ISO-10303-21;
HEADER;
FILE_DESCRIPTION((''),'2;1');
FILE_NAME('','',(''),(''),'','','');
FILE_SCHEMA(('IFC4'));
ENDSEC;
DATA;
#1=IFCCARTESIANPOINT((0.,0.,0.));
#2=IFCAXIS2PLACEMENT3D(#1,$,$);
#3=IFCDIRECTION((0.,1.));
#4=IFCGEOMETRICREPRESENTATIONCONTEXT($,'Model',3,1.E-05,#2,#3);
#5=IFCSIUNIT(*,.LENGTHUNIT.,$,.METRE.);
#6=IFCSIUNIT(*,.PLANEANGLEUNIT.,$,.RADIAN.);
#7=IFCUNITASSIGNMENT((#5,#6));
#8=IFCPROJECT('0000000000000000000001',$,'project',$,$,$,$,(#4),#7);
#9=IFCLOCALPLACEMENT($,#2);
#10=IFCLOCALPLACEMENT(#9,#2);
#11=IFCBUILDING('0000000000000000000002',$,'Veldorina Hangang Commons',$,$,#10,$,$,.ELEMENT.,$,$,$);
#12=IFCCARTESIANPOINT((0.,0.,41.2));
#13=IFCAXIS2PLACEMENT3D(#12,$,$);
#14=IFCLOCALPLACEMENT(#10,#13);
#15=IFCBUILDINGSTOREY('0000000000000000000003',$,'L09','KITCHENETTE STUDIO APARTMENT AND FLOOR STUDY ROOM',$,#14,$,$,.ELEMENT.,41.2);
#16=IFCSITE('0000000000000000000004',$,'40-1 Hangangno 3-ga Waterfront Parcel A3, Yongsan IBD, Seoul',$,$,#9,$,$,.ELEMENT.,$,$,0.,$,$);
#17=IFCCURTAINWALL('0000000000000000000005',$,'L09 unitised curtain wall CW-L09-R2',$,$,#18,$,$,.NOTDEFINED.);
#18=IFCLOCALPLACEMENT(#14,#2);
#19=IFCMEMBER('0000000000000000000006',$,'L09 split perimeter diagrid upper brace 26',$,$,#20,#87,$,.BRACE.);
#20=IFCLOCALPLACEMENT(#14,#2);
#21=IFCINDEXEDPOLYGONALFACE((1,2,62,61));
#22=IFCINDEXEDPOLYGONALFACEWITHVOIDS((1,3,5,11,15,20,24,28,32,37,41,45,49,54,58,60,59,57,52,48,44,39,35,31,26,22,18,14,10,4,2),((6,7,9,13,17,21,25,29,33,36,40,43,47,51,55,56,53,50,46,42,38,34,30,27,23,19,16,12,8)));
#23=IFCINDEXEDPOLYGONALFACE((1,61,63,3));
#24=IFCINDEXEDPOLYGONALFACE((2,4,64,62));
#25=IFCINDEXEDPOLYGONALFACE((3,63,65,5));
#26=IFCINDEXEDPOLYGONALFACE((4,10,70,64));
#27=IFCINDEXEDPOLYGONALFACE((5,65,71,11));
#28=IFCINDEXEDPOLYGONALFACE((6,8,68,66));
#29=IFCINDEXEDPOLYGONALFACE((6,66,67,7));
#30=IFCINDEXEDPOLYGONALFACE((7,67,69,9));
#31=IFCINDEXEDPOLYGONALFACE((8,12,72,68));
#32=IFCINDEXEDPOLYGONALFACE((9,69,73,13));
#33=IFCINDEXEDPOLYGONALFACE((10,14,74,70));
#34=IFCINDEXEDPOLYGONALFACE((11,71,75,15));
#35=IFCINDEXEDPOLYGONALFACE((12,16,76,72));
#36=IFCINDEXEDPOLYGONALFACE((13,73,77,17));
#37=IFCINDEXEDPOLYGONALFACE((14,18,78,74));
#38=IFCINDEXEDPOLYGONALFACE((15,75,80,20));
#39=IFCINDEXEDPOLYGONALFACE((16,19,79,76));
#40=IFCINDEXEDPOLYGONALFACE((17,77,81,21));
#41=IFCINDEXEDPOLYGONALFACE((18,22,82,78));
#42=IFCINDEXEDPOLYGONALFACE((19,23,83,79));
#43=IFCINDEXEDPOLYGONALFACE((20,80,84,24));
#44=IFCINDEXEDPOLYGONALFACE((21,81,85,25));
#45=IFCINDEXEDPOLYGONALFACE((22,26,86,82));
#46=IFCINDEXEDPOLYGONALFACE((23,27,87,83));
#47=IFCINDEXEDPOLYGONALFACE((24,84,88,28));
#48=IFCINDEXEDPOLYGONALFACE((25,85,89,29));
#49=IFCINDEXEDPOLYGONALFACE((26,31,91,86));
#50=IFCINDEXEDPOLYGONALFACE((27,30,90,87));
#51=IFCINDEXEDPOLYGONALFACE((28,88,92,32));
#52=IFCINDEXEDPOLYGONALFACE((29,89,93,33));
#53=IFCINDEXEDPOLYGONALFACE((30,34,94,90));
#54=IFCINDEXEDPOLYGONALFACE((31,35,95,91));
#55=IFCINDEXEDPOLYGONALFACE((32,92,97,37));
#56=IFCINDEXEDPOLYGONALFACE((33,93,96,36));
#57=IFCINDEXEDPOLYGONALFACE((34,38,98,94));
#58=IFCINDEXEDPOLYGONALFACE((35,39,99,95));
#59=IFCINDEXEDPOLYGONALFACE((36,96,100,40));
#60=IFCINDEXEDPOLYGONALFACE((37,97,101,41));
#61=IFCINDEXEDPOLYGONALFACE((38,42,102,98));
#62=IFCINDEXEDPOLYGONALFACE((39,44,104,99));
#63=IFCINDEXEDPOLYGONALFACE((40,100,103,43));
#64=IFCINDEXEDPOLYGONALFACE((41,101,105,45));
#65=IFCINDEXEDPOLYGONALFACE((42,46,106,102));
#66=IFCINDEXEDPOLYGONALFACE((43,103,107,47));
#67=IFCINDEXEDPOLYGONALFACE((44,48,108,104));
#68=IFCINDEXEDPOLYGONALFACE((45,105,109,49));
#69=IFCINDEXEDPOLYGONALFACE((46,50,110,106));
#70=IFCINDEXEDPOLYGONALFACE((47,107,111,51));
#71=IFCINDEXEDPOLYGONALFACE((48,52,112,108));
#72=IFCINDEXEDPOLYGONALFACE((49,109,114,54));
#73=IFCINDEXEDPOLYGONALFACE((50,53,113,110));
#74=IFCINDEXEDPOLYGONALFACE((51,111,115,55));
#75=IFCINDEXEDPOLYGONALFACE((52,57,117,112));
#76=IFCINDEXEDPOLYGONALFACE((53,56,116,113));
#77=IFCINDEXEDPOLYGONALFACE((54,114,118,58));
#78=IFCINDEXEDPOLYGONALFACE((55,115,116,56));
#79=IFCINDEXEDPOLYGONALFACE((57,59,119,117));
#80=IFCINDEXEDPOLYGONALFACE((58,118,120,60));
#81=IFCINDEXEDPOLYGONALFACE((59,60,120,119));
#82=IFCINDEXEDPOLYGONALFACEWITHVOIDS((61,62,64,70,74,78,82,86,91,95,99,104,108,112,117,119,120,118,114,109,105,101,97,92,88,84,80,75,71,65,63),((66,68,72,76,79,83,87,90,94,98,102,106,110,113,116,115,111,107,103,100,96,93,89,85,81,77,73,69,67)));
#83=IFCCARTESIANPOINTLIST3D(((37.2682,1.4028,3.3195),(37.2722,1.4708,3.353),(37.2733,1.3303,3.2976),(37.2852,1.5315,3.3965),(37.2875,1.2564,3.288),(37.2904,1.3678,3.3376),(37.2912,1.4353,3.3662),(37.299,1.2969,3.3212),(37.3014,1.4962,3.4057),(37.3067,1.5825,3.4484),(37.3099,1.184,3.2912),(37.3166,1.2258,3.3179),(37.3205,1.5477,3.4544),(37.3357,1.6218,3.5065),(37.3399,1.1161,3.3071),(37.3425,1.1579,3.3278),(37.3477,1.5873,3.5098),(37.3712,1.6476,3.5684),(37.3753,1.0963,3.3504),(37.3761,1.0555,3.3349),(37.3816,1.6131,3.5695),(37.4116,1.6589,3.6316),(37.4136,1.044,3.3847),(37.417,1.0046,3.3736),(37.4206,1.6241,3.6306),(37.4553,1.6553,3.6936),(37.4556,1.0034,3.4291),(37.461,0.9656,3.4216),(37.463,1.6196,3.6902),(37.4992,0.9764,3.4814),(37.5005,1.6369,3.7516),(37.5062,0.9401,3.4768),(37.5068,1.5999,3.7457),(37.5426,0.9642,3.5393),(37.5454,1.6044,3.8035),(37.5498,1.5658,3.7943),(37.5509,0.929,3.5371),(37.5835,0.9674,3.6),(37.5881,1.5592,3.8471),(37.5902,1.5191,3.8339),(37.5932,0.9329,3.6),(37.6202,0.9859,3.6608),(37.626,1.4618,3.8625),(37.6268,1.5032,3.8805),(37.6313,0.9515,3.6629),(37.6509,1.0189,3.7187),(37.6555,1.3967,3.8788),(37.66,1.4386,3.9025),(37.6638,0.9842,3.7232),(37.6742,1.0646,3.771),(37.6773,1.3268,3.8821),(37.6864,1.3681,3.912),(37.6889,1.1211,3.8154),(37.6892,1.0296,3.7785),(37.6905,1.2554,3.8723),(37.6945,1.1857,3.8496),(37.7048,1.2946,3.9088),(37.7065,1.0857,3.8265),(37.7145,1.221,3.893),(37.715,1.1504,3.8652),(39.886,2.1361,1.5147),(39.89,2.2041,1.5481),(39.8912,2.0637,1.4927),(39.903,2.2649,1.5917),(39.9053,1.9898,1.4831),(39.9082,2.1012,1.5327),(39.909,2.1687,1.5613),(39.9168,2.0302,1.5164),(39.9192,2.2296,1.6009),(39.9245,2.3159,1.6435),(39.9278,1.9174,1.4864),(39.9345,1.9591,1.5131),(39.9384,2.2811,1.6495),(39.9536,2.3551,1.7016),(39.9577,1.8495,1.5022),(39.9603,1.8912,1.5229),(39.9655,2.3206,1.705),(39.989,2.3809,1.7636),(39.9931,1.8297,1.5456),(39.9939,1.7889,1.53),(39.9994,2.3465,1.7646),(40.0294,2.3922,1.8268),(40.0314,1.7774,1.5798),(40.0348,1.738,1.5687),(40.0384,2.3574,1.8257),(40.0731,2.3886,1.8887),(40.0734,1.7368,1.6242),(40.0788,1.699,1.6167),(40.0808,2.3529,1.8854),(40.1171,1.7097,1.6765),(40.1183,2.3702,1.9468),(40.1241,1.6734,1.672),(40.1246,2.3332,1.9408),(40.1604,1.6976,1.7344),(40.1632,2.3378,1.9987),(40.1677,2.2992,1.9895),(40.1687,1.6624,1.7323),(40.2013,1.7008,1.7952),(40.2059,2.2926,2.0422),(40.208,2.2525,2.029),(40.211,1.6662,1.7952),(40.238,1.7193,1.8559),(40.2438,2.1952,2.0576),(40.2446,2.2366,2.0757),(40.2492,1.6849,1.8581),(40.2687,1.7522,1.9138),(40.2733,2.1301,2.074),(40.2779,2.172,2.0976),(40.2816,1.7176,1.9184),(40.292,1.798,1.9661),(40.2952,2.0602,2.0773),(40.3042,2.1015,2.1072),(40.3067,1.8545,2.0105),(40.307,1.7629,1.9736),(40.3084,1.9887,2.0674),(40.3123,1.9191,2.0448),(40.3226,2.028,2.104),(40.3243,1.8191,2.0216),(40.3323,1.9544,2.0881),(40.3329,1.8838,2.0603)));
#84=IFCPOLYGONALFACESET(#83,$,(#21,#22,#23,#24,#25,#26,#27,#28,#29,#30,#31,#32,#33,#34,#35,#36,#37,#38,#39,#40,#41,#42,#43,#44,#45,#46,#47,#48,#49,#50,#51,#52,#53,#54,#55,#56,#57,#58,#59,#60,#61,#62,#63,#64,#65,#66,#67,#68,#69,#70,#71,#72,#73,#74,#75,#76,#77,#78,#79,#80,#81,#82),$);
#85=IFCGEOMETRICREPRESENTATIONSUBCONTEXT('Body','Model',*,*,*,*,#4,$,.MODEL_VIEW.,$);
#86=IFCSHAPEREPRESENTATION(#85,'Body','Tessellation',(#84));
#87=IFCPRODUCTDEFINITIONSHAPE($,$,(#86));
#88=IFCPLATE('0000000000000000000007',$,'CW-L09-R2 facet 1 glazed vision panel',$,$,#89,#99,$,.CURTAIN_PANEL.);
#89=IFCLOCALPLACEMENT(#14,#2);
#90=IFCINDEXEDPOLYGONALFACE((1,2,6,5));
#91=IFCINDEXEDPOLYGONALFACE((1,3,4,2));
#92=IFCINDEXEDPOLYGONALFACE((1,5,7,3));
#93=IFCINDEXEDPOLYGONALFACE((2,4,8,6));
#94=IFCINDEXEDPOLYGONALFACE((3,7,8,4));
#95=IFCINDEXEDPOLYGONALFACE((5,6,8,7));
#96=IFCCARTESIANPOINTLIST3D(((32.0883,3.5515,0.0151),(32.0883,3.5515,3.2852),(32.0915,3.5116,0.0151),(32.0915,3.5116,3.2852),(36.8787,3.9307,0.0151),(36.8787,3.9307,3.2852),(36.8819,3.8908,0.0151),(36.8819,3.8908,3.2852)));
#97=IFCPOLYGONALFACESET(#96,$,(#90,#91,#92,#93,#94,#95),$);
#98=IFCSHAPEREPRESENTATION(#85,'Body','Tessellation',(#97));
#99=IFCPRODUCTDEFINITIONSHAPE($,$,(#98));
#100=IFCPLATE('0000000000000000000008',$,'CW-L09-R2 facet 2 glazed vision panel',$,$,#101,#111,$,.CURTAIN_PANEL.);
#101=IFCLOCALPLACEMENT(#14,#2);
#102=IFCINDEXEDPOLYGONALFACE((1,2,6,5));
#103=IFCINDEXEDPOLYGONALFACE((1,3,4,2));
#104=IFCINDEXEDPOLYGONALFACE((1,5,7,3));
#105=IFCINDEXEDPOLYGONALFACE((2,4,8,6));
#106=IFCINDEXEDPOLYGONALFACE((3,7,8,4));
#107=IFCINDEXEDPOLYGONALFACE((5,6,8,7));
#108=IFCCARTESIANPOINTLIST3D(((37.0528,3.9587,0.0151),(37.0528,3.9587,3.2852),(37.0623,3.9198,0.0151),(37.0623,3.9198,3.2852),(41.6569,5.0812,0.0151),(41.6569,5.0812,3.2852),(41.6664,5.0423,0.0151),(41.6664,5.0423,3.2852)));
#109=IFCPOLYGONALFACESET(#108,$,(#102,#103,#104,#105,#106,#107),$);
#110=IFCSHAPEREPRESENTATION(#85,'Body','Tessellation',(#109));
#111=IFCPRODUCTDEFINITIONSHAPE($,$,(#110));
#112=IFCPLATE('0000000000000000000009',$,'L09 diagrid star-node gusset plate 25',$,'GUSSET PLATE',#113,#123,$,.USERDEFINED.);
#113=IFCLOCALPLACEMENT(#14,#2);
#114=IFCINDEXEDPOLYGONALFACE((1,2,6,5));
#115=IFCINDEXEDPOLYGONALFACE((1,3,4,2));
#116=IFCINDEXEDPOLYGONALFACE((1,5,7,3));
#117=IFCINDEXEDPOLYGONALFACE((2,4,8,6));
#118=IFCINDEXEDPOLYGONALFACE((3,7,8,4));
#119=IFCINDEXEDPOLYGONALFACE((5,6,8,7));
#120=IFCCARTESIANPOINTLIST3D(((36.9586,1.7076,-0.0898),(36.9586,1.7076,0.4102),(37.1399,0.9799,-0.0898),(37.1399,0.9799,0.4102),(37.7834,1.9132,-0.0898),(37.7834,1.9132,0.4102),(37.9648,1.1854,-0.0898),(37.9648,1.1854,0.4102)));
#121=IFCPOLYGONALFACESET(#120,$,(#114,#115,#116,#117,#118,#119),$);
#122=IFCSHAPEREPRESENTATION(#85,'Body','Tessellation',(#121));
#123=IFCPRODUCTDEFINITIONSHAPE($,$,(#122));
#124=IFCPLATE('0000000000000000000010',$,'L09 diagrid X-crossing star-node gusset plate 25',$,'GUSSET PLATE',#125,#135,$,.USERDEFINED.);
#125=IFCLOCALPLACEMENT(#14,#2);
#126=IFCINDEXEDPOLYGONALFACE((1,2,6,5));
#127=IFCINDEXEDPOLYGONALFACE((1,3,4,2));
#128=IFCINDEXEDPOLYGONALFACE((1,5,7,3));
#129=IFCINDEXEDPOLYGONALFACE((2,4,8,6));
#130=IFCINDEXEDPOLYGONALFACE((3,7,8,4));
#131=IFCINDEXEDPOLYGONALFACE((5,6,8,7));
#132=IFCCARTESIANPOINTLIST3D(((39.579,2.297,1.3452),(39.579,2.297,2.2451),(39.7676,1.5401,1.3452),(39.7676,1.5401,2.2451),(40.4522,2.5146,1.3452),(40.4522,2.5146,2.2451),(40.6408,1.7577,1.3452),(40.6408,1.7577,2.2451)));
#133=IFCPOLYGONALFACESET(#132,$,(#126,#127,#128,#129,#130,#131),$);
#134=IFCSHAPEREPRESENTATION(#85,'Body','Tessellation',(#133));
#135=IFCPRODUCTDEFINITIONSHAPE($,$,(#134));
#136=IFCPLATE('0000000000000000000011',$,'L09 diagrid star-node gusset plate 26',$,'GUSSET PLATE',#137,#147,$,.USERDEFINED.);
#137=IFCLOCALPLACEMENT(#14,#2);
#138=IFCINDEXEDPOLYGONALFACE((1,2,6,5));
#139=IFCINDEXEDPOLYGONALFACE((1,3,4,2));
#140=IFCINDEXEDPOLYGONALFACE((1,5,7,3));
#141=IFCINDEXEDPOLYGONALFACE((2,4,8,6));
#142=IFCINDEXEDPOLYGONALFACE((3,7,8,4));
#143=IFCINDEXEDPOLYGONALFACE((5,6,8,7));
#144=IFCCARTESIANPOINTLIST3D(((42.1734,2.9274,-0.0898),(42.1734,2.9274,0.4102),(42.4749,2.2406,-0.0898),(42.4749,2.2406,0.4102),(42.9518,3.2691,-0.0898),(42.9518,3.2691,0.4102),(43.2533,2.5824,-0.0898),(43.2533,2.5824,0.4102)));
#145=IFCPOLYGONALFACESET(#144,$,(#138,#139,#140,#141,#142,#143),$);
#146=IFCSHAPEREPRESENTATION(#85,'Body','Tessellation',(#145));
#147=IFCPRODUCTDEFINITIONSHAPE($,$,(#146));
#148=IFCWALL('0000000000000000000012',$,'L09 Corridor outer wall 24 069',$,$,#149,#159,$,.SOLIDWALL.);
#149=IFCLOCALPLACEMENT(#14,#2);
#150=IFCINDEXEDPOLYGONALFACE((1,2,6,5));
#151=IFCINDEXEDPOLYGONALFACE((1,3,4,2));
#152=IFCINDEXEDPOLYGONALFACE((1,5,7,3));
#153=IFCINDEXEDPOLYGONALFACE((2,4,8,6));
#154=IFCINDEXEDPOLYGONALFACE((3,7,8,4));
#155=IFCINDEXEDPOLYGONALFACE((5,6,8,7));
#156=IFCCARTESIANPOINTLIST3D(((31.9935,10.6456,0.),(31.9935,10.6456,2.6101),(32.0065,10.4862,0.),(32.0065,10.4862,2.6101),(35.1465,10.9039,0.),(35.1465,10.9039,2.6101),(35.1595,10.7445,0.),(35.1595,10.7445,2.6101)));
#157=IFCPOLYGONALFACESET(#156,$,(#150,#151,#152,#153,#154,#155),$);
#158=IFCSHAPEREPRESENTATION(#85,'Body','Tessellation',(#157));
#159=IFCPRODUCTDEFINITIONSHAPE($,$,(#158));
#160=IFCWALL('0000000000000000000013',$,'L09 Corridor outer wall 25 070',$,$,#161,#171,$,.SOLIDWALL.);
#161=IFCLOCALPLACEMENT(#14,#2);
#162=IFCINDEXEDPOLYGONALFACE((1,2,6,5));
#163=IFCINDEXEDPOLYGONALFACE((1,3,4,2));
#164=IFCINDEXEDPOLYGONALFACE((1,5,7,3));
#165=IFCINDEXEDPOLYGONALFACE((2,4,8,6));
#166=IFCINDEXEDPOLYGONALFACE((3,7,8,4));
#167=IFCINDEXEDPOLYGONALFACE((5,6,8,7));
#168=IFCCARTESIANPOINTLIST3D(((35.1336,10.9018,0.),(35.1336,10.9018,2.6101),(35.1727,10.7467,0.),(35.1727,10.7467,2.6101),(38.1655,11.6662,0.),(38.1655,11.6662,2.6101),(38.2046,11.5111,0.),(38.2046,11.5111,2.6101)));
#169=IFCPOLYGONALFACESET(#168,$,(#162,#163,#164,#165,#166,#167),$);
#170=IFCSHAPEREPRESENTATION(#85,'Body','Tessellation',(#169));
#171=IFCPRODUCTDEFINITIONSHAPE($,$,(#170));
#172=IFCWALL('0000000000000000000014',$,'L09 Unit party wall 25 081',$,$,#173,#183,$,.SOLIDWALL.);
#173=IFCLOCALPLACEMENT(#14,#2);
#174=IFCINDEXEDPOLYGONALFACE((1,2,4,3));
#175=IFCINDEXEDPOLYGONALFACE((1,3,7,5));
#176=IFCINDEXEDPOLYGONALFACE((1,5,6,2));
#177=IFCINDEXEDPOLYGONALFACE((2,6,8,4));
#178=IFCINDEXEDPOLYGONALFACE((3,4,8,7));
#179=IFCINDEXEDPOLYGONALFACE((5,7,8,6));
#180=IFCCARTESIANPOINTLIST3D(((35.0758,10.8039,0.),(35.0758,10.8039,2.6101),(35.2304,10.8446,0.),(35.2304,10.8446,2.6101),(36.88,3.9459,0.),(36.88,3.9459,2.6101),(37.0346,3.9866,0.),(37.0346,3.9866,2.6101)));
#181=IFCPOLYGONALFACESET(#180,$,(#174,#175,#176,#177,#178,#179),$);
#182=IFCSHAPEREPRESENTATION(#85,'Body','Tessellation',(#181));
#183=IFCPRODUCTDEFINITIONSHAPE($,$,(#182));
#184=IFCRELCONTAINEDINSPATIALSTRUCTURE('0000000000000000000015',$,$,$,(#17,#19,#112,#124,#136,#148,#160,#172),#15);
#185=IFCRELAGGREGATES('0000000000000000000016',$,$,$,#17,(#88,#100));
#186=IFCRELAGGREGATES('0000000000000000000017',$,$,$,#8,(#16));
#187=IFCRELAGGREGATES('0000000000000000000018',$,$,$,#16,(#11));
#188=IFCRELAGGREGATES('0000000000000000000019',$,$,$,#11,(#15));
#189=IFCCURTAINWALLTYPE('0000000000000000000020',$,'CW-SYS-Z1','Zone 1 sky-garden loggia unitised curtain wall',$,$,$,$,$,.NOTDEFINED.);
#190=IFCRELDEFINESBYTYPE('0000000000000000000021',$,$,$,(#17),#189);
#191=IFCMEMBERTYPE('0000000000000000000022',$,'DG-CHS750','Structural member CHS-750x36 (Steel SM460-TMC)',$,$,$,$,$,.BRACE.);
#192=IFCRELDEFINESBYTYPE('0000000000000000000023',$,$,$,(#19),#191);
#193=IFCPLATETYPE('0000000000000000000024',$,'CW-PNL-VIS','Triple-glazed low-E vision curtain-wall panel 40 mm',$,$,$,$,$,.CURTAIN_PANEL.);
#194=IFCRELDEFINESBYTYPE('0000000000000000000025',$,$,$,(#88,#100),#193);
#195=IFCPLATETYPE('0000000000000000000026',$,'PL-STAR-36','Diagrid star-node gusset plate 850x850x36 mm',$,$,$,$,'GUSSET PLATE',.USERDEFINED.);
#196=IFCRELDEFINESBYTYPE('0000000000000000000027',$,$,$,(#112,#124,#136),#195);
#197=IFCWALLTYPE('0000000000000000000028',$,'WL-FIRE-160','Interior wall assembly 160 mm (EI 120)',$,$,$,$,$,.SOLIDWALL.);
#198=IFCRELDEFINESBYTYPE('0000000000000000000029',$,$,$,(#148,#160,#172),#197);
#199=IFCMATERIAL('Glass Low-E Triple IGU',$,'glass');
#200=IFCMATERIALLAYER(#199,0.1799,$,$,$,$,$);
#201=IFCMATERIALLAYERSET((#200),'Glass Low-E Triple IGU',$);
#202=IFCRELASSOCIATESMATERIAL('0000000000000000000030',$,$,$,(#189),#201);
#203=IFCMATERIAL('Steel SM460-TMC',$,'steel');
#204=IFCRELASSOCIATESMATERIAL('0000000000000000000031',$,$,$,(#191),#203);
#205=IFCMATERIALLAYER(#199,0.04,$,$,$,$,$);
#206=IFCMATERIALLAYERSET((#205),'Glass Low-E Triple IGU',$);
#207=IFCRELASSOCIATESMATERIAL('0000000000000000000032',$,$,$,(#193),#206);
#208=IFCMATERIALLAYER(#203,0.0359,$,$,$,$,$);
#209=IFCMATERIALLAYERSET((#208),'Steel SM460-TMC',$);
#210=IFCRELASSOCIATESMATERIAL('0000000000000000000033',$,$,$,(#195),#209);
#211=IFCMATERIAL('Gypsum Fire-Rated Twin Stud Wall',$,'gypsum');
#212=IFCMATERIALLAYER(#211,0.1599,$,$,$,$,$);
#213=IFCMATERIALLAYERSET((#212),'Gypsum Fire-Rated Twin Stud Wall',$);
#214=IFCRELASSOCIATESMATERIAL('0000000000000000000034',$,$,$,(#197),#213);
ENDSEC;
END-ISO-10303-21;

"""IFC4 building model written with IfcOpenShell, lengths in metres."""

from ifc_helpers import new_model, si_unit, direction, frame, frame_2d, origin, origin_2d, place, context, subcontext, project, spatial, rectangle, hollow_circle, extrude, material, layer, layer_set, material_profile, profile_set, type_object, element, aggregate, save


model = new_model("IFC4")

# Units and contexts
model_context = context("Model", 3, precision=1e-05, world=origin(), true_north=direction((0.0, 1.0)))
body_context = subcontext(model_context, "Body", "Model", "MODEL_VIEW")
ifc_project = project(units=[si_unit("LENGTHUNIT", "METRE"), si_unit("PLANEANGLEUNIT", "RADIAN")], contexts=[model_context])

# Site, building, storey
site_placement = place(None, origin())
site = spatial("IfcSite", under=ifc_project, at=site_placement, Name="40-1 Hangangno 3-ga Waterfront Parcel A3, Yongsan IBD, Seoul", CompositionType="ELEMENT", RefElevation=0.0)
building_placement = place(site_placement, origin())
building = spatial("IfcBuilding", under=site, at=building_placement, Name="Veldorina Hangang Commons", CompositionType="ELEMENT")
storey_placement = place(building_placement, frame((0.0, 0.0, 41.2)))
storey = spatial("IfcBuildingStorey", under=building, at=storey_placement, Name="L09", Description="KITCHENETTE STUDIO APARTMENT AND FLOOR STUDY ROOM", CompositionType="ELEMENT", Elevation=41.2)

# Shared definitions
ifc_material_1 = material(Name="Steel SM460-TMC", Category="steel")

# Curtain wall
ifc_material_2 = material(Name="Glass Low-E Triple IGU", Category="glass")
ifc_layer_1 = layer(ifc_material_2, 0.1799)
ifc_layer_set_1 = layer_set([ifc_layer_1], Name="Glass Low-E Triple IGU")
curtain_wall_type = type_object("IfcCurtainWallType", Name="CW-SYS-Z1", Description="Zone 1 sky-garden loggia unitised curtain wall", PredefinedType="NOTDEFINED", material=ifc_layer_set_1)
curtain_wall_placement = place(storey_placement, origin())
curtain_wall = element("IfcCurtainWall", 1, at=curtain_wall_placement, inside=storey, type_object=curtain_wall_type, Name="L09 unitised curtain wall CW-L09-R2", PredefinedType="NOTDEFINED")

# Member
ifc_material_profile_1 = material_profile(ifc_material_1, hollow_circle(Radius=0.375, WallThickness=0.0359, at=origin_2d()), Name="CHS-750x36")
ifc_profile_set_1 = profile_set([ifc_material_profile_1], Name="Steel SM460-TMC")
member_type_1 = type_object("IfcMemberType", Name="DG-CHS750", Description="Structural member CHS-750x36 (Steel SM460-TMC)", PredefinedType="BRACE", material=ifc_profile_set_1)
member_1_placement = place(storey_placement, frame((40.1099, 2.0273, 1.7952), z_axis=(-0.80223, -0.224741, 0.553099), x_axis=(0.26976, -0.962928, 0.0)))
element("IfcMember", 2, at=member_1_placement, inside=storey, type_object=member_type_1, Name="L09 split perimeter diagrid upper brace 26", PredefinedType="BRACE", context=body_context, shape_type="SweptSolid", body=[
    extrude(hollow_circle(Radius=0.375, WallThickness=0.0359, at=origin_2d()), origin(), (0.0, 0.0, 1.0), 3.2632),
])

# Plates
ifc_layer_2 = layer(ifc_material_2, 0.04)
ifc_layer_set_2 = layer_set([ifc_layer_2], Name="Glass Low-E Triple IGU")
plate_type_1 = type_object("IfcPlateType", Name="CW-PNL-VIS", Description="Triple-glazed low-E vision curtain-wall panel 40 mm", PredefinedType="CURTAIN_PANEL", material=ifc_layer_set_2)
plate_1_placement = place(storey_placement, frame((34.4851, 3.7212, 0.0151), z_axis=(0.0, 0.0, 1.0), x_axis=(0.996882, 0.078911, 0.0)))
plate_1 = element("IfcPlate", 3, at=plate_1_placement, type_object=plate_type_1, Name="CW-L09-R2 facet 1 glazed vision panel", PredefinedType="CURTAIN_PANEL", context=body_context, shape_type="SweptSolid", body=[
    extrude(rectangle(XDim=4.8054, YDim=0.04, at=origin_2d()), origin(), (0.0, 0.0, 1.0), 3.27),
])
plate_2_placement = place(storey_placement, frame((39.3596, 4.5005, 0.0151), z_axis=(0.0, 0.0, 1.0), x_axis=(0.971541, 0.236872, 0.0)))
plate_2 = element("IfcPlate", 4, at=plate_2_placement, type_object=plate_type_1, Name="CW-L09-R2 facet 2 glazed vision panel", PredefinedType="CURTAIN_PANEL", context=body_context, shape_type="SweptSolid", body=[
    extrude(rectangle(XDim=4.739, YDim=0.04, at=origin_2d()), origin(), (0.0, 0.0, 1.0), 3.27),
])
aggregate(curtain_wall, [plate_1, plate_2])

# Plates
ifc_layer_3 = layer(ifc_material_1, 0.0359)
ifc_layer_set_3 = layer_set([ifc_layer_3], Name="Steel SM460-TMC")
plate_type_2 = type_object("IfcPlateType", Name="PL-STAR-36", Description="Diagrid star-node gusset plate 850x850x36 mm", ElementType="GUSSET PLATE", PredefinedType="USERDEFINED", material=ifc_layer_set_3)
plate_3_placement = place(storey_placement, frame((37.4617, 1.4465, -0.0898), z_axis=(0.0, 0.0, 1.0), x_axis=(0.970334, 0.241769, 0.0)))
element("IfcPlate", 5, at=plate_3_placement, inside=storey, type_object=plate_type_2, Name="L09 diagrid star-node gusset plate 25", ObjectType="GUSSET PLATE", PredefinedType="USERDEFINED", context=body_context, shape_type="SweptSolid", body=[
    extrude(rectangle(XDim=0.8501, YDim=0.75, at=origin_2d()), origin(), (0.0, 0.0, 1.0), 0.5),
])
plate_4_placement = place(storey_placement, frame((40.1099, 2.0273, 1.3452), z_axis=(0.0, 0.0, 1.0), x_axis=(0.970334, 0.241769, 0.0)))
element("IfcPlate", 6, at=plate_4_placement, inside=storey, type_object=plate_type_2, Name="L09 diagrid X-crossing star-node gusset plate 25", ObjectType="GUSSET PLATE", PredefinedType="USERDEFINED", context=body_context, shape_type="SweptSolid", body=[
    extrude(rectangle(XDim=0.8999, YDim=0.78, at=origin_2d()), origin(), (0.0, 0.0, 1.0), 0.8999),
])
plate_5_placement = place(storey_placement, frame((42.7134, 2.7549, -0.0898), z_axis=(0.0, 0.0, 1.0), x_axis=(0.915635, 0.402012, 0.0)))
element("IfcPlate", 7, at=plate_5_placement, inside=storey, type_object=plate_type_2, Name="L09 diagrid star-node gusset plate 26", ObjectType="GUSSET PLATE", PredefinedType="USERDEFINED", context=body_context, shape_type="SweptSolid", body=[
    extrude(rectangle(XDim=0.8501, YDim=0.75, at=origin_2d()), origin(), (0.0, 0.0, 1.0), 0.5),
])

# Walls
ifc_material_3 = material(Name="Gypsum Fire-Rated Twin Stud Wall", Category="gypsum")
ifc_layer_4 = layer(ifc_material_3, 0.1599)
ifc_layer_set_4 = layer_set([ifc_layer_4], Name="Gypsum Fire-Rated Twin Stud Wall")
wall_type_1 = type_object("IfcWallType", Name="WL-FIRE-160", Description="Interior wall assembly 160 mm (EI 120)", PredefinedType="SOLIDWALL", material=ifc_layer_set_4)
wall_1_placement = place(storey_placement, frame((32.0, 10.5659, 0.0), z_axis=(0.0, 0.0, 1.0), x_axis=(0.996661, 0.081647, 0.0)))
element("IfcWall", 8, at=wall_1_placement, inside=storey, type_object=wall_type_1, Name="L09 Corridor outer wall 24 069", PredefinedType="SOLIDWALL", context=body_context, shape_type="SweptSolid", body=[
    extrude(rectangle(XDim=3.1636, YDim=0.1599, at=frame_2d((1.5818, 0.0))), origin(), (0.0, 0.0, 1.0), 2.6101),
])
wall_2_placement = place(storey_placement, frame((35.1531, 10.8242, 0.0), z_axis=(0.0, 0.0, 1.0), x_axis=(0.969654, 0.244483, 0.0)))
element("IfcWall", 9, at=wall_2_placement, inside=storey, type_object=wall_type_1, Name="L09 Corridor outer wall 25 070", PredefinedType="SOLIDWALL", context=body_context, shape_type="SweptSolid", body=[
    extrude(rectangle(XDim=3.1267, YDim=0.1599, at=frame_2d((1.5635, 0.0))), origin(), (0.0, 0.0, 1.0), 2.6101),
])
wall_3_placement = place(storey_placement, frame((35.1531, 10.8242, 0.0), z_axis=(0.0, 0.0, 1.0), x_axis=(0.254426, -0.967092, 0.0)))
element("IfcWall", 10, at=wall_3_placement, inside=storey, type_object=wall_type_1, Name="L09 Unit party wall 25 081", PredefinedType="SOLIDWALL", context=body_context, shape_type="SweptSolid", body=[
    extrude(rectangle(XDim=7.0913, YDim=0.1599, at=frame_2d((3.5457, 0.0))), origin(), (0.0, 0.0, 1.0), 2.6101),
])

save(model, "model.ifc")
